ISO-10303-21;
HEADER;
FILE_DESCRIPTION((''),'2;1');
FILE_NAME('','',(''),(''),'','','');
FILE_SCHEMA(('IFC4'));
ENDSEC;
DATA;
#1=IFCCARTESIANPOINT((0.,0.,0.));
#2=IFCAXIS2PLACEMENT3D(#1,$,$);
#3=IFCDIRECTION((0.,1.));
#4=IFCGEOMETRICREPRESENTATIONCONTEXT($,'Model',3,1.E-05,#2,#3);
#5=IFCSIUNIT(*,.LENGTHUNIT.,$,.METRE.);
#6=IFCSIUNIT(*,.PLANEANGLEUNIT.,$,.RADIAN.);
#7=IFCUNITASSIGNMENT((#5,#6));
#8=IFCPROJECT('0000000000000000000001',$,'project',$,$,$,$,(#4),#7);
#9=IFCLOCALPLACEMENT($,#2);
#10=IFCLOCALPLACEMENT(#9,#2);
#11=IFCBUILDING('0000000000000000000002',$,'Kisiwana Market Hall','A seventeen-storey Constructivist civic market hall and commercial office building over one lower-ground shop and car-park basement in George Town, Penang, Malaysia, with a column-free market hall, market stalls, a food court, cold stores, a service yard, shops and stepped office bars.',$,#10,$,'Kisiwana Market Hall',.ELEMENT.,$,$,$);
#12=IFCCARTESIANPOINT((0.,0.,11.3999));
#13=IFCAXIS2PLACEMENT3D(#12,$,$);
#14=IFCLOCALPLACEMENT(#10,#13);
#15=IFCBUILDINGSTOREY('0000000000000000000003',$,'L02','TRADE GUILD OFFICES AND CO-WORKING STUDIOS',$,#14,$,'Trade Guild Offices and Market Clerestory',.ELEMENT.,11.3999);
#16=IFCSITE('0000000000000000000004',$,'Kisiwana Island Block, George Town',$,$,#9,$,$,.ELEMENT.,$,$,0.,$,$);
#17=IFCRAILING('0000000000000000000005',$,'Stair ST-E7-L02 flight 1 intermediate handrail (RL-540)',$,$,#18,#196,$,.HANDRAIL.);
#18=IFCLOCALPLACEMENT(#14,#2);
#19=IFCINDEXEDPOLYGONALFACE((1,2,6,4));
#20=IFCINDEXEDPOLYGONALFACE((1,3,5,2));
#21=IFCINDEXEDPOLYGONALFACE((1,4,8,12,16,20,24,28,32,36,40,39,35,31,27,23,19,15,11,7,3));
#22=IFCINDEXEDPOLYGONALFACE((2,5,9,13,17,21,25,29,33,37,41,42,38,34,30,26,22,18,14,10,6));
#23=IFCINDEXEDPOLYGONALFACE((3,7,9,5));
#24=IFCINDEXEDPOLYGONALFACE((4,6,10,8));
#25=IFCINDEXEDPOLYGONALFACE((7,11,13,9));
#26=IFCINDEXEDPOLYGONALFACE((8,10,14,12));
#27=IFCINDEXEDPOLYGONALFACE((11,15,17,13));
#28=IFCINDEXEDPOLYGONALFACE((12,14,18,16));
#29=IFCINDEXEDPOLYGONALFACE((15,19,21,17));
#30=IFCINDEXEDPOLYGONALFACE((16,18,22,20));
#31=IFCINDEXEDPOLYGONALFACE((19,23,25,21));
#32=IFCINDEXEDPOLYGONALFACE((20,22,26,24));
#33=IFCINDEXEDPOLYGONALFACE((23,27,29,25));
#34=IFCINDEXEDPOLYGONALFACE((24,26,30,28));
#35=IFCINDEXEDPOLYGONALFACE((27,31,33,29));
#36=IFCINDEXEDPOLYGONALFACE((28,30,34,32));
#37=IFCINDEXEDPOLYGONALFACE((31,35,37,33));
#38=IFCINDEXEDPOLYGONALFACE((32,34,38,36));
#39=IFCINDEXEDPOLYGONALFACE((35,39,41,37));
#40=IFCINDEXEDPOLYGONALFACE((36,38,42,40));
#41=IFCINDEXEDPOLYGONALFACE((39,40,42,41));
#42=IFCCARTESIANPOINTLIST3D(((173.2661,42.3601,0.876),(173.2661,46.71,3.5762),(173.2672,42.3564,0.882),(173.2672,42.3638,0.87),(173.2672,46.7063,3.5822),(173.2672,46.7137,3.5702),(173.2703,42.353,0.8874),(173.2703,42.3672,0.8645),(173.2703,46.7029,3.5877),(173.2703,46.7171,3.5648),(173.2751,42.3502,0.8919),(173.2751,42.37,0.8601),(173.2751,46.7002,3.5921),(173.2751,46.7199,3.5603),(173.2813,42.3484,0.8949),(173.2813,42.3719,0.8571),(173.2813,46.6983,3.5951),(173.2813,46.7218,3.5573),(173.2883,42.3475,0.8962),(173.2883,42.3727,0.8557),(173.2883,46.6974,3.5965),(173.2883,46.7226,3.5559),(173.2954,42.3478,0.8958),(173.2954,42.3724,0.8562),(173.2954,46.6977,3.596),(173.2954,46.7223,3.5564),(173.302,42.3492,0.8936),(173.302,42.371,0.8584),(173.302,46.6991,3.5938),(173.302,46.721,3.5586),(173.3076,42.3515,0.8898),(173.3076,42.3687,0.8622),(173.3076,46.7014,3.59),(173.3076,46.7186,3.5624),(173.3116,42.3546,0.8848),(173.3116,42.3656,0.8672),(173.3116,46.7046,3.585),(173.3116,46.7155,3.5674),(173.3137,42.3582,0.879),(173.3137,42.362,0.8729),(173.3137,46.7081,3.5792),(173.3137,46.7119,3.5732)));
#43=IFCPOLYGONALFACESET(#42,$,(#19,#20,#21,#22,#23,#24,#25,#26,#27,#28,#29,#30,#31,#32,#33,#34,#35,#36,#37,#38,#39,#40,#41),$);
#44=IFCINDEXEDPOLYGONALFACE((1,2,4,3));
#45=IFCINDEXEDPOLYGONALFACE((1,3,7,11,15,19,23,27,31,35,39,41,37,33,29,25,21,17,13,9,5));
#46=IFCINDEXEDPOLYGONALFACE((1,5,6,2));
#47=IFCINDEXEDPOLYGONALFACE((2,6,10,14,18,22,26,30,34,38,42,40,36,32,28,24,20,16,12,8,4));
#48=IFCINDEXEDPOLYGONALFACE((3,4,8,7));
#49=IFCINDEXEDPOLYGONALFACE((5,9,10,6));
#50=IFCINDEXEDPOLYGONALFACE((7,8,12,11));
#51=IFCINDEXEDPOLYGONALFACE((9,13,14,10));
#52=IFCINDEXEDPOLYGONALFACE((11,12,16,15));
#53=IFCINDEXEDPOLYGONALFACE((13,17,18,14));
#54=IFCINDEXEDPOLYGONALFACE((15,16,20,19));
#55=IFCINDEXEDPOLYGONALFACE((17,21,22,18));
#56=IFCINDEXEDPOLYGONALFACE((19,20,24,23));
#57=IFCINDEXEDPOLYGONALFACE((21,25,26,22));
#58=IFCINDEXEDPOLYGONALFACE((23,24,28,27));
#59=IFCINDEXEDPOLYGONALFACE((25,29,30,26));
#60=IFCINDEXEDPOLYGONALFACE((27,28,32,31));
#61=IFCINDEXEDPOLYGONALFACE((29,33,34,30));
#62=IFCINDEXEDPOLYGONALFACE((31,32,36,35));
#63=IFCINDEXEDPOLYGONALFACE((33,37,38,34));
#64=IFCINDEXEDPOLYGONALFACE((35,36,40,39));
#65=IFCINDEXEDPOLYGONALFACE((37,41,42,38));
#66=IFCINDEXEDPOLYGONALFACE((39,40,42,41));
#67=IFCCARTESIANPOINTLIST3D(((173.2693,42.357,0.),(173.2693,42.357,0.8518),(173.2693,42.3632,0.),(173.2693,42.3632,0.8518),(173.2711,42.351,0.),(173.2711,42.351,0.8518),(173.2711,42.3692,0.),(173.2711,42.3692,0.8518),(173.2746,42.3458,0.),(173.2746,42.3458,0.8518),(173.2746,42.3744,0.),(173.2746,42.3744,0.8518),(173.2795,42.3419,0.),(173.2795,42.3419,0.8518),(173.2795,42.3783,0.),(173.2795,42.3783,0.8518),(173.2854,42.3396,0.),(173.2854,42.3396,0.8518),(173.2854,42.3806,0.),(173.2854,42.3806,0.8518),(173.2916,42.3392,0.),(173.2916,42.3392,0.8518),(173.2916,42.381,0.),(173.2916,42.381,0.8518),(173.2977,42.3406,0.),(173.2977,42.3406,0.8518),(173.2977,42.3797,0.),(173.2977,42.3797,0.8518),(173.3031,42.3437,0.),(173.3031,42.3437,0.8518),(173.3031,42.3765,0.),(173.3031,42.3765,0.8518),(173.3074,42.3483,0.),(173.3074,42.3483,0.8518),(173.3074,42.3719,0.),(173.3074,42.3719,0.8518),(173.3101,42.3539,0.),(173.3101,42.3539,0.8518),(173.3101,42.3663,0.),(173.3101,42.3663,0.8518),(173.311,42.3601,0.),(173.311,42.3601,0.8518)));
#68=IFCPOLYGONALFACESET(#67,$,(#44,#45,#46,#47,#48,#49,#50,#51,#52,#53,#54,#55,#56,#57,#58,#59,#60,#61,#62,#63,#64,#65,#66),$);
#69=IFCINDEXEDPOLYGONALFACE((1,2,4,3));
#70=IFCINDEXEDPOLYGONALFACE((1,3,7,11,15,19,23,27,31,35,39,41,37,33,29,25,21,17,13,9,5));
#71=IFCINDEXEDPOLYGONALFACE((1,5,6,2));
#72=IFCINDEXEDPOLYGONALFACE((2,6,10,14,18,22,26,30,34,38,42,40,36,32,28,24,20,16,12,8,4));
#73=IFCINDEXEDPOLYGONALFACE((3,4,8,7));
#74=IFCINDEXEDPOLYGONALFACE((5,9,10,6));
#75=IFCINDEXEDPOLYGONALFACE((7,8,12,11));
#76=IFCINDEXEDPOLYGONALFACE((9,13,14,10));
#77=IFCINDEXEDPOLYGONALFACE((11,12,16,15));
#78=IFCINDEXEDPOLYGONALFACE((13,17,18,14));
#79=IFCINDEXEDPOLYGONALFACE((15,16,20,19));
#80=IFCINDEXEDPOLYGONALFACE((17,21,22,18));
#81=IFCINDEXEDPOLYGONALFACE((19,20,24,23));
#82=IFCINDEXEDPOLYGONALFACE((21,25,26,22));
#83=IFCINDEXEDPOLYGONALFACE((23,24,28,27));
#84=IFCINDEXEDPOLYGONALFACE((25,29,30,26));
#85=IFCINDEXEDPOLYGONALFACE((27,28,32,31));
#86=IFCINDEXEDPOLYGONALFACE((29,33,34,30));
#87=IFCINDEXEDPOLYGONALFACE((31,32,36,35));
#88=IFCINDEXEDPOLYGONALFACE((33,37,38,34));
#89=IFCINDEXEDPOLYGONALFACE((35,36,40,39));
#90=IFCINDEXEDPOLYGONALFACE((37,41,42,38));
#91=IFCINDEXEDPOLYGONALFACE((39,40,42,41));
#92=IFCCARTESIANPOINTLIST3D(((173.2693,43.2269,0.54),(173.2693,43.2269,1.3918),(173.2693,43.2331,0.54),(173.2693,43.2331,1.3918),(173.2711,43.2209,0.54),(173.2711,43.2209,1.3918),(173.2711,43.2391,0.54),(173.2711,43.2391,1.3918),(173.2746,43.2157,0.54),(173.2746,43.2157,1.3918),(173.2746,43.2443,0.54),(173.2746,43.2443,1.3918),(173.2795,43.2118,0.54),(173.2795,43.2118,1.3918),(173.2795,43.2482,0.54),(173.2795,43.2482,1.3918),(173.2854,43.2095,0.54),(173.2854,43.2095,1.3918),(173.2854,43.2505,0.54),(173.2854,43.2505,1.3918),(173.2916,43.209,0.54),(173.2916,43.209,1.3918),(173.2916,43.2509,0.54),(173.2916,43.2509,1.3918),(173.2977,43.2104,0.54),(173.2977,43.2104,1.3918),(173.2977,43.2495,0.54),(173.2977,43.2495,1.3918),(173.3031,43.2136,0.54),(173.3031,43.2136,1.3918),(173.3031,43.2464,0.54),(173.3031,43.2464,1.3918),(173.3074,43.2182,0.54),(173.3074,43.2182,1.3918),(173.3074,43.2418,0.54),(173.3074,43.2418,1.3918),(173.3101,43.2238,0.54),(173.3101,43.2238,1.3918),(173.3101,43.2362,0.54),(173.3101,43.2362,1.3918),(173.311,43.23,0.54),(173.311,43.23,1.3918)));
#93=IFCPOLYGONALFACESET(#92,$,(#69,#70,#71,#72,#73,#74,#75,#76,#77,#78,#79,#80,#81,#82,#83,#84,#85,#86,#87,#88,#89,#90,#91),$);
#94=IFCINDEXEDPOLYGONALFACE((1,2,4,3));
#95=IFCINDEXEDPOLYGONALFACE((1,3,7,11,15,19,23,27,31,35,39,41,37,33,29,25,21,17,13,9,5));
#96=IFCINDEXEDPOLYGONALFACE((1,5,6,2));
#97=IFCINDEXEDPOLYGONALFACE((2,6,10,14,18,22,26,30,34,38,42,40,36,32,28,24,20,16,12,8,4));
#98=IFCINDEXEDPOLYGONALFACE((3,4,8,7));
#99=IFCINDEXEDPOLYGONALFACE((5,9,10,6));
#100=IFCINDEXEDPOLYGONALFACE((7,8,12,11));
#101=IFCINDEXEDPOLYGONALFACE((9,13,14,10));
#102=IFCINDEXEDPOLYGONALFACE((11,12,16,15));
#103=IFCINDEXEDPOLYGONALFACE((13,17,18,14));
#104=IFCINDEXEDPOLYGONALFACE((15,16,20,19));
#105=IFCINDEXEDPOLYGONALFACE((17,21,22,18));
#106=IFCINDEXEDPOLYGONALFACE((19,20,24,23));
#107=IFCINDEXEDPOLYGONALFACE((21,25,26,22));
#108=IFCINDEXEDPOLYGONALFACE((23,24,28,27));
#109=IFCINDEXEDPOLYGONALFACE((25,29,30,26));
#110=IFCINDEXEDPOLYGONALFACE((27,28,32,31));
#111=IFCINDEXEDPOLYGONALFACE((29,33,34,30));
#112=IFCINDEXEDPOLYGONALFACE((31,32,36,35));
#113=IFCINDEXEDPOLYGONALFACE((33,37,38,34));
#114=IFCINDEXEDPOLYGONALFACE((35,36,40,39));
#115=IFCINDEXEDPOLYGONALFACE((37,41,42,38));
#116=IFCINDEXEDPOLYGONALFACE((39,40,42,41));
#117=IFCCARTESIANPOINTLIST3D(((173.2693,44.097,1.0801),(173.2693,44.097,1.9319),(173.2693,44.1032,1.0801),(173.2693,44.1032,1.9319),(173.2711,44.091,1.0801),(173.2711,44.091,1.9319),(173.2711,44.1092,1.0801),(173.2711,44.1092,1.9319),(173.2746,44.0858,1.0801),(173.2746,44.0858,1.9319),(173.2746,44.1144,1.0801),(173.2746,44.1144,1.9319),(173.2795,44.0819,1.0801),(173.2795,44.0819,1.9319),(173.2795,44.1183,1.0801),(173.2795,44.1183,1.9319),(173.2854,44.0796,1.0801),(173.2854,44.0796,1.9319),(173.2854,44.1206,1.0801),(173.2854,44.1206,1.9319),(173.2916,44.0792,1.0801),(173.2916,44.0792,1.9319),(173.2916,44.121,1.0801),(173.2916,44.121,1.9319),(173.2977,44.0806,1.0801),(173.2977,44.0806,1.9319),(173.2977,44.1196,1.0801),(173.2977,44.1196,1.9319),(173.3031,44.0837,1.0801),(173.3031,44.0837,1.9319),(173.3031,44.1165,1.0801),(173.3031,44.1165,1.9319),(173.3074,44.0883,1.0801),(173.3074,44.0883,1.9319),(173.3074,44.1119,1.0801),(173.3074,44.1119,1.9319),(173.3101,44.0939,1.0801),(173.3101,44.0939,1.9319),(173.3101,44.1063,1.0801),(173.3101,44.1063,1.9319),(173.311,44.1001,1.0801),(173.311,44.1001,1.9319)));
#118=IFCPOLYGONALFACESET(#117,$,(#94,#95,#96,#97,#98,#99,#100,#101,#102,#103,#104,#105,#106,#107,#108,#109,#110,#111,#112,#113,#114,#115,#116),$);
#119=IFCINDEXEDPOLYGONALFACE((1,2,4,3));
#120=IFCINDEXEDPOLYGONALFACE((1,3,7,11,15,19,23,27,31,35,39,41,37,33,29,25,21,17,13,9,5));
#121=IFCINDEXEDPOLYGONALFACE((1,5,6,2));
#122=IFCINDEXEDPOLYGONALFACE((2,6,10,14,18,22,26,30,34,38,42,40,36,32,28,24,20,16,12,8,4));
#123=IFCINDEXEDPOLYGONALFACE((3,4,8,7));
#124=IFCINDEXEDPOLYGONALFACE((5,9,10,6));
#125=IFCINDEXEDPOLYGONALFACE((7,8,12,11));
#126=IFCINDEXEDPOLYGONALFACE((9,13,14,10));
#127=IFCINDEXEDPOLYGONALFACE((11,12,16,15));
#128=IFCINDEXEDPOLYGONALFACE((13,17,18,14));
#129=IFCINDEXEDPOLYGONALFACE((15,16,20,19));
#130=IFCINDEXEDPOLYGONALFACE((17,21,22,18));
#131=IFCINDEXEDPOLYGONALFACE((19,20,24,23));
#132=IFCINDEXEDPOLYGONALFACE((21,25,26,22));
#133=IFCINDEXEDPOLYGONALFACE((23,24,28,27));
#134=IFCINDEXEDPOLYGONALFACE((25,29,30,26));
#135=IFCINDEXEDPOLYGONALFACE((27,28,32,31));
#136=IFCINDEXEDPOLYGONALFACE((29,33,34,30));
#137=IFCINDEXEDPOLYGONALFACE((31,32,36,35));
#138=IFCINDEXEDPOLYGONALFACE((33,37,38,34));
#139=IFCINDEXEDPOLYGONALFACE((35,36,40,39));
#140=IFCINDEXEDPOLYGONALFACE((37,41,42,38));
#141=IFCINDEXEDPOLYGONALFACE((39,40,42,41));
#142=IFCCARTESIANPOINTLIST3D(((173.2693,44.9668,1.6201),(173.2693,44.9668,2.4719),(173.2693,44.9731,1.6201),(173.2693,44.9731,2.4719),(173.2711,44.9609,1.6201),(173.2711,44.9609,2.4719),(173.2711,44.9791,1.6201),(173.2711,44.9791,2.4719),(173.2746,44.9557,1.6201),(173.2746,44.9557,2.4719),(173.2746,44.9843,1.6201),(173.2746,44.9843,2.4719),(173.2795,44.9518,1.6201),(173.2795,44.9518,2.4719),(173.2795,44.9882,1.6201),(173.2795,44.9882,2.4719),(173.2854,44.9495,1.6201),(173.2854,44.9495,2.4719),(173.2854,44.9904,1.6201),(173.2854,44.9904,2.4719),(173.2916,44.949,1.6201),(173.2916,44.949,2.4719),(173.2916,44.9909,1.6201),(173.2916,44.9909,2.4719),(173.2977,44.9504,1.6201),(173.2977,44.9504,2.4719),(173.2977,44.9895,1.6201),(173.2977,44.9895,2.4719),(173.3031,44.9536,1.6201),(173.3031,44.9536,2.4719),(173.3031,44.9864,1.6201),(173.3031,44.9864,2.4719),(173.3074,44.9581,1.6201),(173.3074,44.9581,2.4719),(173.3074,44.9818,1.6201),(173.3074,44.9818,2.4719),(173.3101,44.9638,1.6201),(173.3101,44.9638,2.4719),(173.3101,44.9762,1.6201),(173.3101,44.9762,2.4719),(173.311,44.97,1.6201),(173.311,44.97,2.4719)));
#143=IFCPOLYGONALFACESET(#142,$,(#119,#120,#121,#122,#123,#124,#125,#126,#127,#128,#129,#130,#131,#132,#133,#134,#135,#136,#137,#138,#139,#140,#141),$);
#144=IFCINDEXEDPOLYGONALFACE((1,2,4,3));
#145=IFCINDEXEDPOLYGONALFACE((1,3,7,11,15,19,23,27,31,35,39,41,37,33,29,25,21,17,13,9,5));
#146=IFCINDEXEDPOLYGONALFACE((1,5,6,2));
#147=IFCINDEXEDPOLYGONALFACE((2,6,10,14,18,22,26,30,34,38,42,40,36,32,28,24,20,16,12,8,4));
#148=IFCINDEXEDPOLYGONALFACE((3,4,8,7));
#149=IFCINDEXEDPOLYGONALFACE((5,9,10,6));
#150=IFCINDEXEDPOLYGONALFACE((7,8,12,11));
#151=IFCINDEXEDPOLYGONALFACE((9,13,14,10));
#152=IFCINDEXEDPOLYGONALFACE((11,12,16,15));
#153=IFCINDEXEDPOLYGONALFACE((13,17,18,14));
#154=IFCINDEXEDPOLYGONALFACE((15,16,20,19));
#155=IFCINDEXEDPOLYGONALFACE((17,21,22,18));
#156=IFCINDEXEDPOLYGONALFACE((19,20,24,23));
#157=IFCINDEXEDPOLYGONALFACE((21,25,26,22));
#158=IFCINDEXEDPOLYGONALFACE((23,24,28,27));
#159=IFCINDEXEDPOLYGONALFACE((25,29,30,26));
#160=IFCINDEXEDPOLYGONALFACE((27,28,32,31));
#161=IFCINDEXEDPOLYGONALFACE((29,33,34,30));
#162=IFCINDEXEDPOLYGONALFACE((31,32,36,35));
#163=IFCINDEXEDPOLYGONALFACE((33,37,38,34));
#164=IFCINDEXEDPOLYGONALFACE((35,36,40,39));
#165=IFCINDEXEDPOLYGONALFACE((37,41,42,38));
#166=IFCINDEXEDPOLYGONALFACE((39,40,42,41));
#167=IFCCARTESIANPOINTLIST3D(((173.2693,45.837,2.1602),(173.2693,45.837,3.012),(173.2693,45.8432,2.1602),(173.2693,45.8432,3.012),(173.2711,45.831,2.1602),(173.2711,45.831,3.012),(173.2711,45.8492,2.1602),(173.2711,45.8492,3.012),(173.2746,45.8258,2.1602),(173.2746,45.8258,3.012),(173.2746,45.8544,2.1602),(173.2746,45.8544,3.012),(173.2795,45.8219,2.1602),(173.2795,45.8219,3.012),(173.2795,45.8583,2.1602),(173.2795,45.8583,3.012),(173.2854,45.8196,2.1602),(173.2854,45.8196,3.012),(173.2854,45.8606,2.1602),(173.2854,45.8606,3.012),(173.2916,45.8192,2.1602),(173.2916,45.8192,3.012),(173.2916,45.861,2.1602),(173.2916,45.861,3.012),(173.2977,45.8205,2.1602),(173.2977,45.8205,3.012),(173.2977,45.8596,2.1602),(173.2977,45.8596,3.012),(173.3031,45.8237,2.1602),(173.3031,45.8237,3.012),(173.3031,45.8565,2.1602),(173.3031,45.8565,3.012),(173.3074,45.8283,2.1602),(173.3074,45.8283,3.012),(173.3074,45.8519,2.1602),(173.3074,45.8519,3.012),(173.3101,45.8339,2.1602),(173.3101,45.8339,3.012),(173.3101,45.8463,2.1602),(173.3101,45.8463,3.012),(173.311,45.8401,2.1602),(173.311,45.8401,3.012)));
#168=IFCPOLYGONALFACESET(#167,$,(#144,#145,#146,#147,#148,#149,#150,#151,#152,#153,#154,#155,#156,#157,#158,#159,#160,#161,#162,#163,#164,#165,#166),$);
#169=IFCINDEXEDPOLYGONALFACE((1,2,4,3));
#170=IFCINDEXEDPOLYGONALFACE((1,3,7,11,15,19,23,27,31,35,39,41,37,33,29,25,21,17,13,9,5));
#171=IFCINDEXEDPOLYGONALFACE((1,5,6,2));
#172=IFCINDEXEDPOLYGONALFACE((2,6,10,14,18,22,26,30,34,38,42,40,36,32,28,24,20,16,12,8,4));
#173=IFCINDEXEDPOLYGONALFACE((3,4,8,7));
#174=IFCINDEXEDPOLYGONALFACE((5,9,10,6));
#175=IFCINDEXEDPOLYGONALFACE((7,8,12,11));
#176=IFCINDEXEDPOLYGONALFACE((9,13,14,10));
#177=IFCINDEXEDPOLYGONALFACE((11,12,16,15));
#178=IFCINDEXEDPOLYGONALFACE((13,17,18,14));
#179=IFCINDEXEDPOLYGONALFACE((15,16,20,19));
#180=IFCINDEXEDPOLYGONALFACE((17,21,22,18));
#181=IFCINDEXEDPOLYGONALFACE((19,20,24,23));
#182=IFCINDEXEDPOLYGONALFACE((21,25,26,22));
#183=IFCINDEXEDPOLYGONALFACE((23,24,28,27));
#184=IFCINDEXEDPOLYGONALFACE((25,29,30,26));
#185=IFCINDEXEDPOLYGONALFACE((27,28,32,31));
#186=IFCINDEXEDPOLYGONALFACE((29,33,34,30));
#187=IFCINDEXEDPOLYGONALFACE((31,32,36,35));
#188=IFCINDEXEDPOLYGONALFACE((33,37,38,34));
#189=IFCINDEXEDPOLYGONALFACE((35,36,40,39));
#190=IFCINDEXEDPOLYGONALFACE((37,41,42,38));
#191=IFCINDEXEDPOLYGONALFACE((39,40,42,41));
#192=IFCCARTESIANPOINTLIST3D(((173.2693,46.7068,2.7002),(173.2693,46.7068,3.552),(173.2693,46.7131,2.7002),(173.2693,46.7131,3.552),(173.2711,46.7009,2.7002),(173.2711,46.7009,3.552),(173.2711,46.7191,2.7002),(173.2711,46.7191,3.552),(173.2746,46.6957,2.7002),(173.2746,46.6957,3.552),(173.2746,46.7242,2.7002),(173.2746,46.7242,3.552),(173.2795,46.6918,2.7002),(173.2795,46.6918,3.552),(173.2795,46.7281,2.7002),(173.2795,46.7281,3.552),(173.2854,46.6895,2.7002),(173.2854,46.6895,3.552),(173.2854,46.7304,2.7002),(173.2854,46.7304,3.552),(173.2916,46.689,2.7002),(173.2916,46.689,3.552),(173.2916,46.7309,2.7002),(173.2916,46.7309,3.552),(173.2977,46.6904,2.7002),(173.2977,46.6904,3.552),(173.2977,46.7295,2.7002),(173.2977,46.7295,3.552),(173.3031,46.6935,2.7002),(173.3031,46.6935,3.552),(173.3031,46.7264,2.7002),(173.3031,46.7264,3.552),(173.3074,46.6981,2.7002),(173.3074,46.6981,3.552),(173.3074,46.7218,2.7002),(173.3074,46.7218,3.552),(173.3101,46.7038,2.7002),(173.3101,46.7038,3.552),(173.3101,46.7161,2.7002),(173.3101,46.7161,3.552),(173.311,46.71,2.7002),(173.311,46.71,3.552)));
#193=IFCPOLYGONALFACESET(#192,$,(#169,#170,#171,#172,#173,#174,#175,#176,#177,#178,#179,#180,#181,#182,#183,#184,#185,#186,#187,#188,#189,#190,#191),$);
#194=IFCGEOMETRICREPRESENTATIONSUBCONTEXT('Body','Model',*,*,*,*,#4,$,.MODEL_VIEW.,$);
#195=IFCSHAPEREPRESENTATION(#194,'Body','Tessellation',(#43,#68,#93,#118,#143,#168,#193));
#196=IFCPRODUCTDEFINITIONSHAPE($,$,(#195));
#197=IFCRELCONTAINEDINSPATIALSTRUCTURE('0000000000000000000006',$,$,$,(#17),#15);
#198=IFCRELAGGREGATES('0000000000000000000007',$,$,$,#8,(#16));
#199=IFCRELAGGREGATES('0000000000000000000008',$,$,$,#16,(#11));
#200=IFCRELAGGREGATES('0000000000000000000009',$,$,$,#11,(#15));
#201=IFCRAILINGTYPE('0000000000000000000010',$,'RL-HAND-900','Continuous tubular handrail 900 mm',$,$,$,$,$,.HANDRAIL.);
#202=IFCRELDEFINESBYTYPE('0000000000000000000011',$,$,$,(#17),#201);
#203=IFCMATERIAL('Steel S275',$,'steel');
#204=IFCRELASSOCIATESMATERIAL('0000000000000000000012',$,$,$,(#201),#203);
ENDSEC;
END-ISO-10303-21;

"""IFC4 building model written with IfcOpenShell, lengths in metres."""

from ifc_helpers import new_model, si_unit, direction, frame, origin, origin_2d, place, context, subcontext, project, spatial, circle, extrude, material, type_object, element, save


model = new_model("IFC4")

# Units and contexts
model_context = context("Model", 3, precision=1e-05, world=origin(), true_north=direction((0.0, 1.0)))
body_context = subcontext(model_context, "Body", "Model", "MODEL_VIEW")
ifc_project = project(units=[si_unit("LENGTHUNIT", "METRE"), si_unit("PLANEANGLEUNIT", "RADIAN")], contexts=[model_context])

# Site, building, storey
site_placement = place(None, origin())
site = spatial("IfcSite", under=ifc_project, at=site_placement, Name="Kisiwana Island Block, George Town", CompositionType="ELEMENT", RefElevation=0.0)
building_placement = place(site_placement, origin())
building = spatial("IfcBuilding", under=site, at=building_placement, Name="Kisiwana Market Hall", Description="A seventeen-storey Constructivist civic market hall and commercial office building over one lower-ground shop and car-park basement in George Town, Penang, Malaysia, with a column-free market hall, market stalls, a food court, cold stores, a service yard, shops and stepped office bars.", LongName="Kisiwana Market Hall", CompositionType="ELEMENT")
storey_placement = place(building_placement, frame((0.0, 0.0, 11.3999)))
storey = spatial("IfcBuildingStorey", under=building, at=storey_placement, Name="L02", Description="TRADE GUILD OFFICES AND CO-WORKING STUDIOS", LongName="Trade Guild Offices and Market Clerestory", CompositionType="ELEMENT", Elevation=11.3999)

# Railing
ifc_material_1 = material(Name="Steel S275", Category="steel")
railing_type_1 = type_object("IfcRailingType", Name="RL-HAND-900", Description="Continuous tubular handrail 900 mm", PredefinedType="HANDRAIL", material=ifc_material_1)
railing_1_placement = place(storey_placement, frame((173.29, 42.3601, 0.0)))
element("IfcRailing", 1, at=railing_1_placement, inside=storey, type_object=railing_type_1, Name="Stair ST-E7-L02 flight 1 intermediate handrail (RL-540)", PredefinedType="HANDRAIL", context=body_context, shape_type="SweptSolid", body=[
    extrude(circle(Radius=0.0239, at=origin_2d()), frame((0.0, 0.0, 0.876), z_axis=(0.0, 0.849615, 0.527403), x_axis=(-1.0, 0.0, 0.0)), (0.0, 0.0, 1.0), 5.1199),
    extrude(circle(Radius=0.021, at=origin_2d()), origin(), (0.0, 0.0, 1.0), 0.8518),
    extrude(circle(Radius=0.021, at=origin_2d()), frame((0.0, 0.8699, 0.54)), (0.0, 0.0, 1.0), 0.8518),
    extrude(circle(Radius=0.021, at=origin_2d()), frame((0.0, 1.74, 1.0801)), (0.0, 0.0, 1.0), 0.8518),
    extrude(circle(Radius=0.021, at=origin_2d()), frame((0.0, 2.6099, 1.6201)), (0.0, 0.0, 1.0), 0.8518),
    extrude(circle(Radius=0.021, at=origin_2d()), frame((0.0, 3.48, 2.1602)), (0.0, 0.0, 1.0), 0.8518),
    extrude(circle(Radius=0.021, at=origin_2d()), frame((0.0, 4.3499, 2.7002)), (0.0, 0.0, 1.0), 0.8518),
])

save(model, "model.ifc")
